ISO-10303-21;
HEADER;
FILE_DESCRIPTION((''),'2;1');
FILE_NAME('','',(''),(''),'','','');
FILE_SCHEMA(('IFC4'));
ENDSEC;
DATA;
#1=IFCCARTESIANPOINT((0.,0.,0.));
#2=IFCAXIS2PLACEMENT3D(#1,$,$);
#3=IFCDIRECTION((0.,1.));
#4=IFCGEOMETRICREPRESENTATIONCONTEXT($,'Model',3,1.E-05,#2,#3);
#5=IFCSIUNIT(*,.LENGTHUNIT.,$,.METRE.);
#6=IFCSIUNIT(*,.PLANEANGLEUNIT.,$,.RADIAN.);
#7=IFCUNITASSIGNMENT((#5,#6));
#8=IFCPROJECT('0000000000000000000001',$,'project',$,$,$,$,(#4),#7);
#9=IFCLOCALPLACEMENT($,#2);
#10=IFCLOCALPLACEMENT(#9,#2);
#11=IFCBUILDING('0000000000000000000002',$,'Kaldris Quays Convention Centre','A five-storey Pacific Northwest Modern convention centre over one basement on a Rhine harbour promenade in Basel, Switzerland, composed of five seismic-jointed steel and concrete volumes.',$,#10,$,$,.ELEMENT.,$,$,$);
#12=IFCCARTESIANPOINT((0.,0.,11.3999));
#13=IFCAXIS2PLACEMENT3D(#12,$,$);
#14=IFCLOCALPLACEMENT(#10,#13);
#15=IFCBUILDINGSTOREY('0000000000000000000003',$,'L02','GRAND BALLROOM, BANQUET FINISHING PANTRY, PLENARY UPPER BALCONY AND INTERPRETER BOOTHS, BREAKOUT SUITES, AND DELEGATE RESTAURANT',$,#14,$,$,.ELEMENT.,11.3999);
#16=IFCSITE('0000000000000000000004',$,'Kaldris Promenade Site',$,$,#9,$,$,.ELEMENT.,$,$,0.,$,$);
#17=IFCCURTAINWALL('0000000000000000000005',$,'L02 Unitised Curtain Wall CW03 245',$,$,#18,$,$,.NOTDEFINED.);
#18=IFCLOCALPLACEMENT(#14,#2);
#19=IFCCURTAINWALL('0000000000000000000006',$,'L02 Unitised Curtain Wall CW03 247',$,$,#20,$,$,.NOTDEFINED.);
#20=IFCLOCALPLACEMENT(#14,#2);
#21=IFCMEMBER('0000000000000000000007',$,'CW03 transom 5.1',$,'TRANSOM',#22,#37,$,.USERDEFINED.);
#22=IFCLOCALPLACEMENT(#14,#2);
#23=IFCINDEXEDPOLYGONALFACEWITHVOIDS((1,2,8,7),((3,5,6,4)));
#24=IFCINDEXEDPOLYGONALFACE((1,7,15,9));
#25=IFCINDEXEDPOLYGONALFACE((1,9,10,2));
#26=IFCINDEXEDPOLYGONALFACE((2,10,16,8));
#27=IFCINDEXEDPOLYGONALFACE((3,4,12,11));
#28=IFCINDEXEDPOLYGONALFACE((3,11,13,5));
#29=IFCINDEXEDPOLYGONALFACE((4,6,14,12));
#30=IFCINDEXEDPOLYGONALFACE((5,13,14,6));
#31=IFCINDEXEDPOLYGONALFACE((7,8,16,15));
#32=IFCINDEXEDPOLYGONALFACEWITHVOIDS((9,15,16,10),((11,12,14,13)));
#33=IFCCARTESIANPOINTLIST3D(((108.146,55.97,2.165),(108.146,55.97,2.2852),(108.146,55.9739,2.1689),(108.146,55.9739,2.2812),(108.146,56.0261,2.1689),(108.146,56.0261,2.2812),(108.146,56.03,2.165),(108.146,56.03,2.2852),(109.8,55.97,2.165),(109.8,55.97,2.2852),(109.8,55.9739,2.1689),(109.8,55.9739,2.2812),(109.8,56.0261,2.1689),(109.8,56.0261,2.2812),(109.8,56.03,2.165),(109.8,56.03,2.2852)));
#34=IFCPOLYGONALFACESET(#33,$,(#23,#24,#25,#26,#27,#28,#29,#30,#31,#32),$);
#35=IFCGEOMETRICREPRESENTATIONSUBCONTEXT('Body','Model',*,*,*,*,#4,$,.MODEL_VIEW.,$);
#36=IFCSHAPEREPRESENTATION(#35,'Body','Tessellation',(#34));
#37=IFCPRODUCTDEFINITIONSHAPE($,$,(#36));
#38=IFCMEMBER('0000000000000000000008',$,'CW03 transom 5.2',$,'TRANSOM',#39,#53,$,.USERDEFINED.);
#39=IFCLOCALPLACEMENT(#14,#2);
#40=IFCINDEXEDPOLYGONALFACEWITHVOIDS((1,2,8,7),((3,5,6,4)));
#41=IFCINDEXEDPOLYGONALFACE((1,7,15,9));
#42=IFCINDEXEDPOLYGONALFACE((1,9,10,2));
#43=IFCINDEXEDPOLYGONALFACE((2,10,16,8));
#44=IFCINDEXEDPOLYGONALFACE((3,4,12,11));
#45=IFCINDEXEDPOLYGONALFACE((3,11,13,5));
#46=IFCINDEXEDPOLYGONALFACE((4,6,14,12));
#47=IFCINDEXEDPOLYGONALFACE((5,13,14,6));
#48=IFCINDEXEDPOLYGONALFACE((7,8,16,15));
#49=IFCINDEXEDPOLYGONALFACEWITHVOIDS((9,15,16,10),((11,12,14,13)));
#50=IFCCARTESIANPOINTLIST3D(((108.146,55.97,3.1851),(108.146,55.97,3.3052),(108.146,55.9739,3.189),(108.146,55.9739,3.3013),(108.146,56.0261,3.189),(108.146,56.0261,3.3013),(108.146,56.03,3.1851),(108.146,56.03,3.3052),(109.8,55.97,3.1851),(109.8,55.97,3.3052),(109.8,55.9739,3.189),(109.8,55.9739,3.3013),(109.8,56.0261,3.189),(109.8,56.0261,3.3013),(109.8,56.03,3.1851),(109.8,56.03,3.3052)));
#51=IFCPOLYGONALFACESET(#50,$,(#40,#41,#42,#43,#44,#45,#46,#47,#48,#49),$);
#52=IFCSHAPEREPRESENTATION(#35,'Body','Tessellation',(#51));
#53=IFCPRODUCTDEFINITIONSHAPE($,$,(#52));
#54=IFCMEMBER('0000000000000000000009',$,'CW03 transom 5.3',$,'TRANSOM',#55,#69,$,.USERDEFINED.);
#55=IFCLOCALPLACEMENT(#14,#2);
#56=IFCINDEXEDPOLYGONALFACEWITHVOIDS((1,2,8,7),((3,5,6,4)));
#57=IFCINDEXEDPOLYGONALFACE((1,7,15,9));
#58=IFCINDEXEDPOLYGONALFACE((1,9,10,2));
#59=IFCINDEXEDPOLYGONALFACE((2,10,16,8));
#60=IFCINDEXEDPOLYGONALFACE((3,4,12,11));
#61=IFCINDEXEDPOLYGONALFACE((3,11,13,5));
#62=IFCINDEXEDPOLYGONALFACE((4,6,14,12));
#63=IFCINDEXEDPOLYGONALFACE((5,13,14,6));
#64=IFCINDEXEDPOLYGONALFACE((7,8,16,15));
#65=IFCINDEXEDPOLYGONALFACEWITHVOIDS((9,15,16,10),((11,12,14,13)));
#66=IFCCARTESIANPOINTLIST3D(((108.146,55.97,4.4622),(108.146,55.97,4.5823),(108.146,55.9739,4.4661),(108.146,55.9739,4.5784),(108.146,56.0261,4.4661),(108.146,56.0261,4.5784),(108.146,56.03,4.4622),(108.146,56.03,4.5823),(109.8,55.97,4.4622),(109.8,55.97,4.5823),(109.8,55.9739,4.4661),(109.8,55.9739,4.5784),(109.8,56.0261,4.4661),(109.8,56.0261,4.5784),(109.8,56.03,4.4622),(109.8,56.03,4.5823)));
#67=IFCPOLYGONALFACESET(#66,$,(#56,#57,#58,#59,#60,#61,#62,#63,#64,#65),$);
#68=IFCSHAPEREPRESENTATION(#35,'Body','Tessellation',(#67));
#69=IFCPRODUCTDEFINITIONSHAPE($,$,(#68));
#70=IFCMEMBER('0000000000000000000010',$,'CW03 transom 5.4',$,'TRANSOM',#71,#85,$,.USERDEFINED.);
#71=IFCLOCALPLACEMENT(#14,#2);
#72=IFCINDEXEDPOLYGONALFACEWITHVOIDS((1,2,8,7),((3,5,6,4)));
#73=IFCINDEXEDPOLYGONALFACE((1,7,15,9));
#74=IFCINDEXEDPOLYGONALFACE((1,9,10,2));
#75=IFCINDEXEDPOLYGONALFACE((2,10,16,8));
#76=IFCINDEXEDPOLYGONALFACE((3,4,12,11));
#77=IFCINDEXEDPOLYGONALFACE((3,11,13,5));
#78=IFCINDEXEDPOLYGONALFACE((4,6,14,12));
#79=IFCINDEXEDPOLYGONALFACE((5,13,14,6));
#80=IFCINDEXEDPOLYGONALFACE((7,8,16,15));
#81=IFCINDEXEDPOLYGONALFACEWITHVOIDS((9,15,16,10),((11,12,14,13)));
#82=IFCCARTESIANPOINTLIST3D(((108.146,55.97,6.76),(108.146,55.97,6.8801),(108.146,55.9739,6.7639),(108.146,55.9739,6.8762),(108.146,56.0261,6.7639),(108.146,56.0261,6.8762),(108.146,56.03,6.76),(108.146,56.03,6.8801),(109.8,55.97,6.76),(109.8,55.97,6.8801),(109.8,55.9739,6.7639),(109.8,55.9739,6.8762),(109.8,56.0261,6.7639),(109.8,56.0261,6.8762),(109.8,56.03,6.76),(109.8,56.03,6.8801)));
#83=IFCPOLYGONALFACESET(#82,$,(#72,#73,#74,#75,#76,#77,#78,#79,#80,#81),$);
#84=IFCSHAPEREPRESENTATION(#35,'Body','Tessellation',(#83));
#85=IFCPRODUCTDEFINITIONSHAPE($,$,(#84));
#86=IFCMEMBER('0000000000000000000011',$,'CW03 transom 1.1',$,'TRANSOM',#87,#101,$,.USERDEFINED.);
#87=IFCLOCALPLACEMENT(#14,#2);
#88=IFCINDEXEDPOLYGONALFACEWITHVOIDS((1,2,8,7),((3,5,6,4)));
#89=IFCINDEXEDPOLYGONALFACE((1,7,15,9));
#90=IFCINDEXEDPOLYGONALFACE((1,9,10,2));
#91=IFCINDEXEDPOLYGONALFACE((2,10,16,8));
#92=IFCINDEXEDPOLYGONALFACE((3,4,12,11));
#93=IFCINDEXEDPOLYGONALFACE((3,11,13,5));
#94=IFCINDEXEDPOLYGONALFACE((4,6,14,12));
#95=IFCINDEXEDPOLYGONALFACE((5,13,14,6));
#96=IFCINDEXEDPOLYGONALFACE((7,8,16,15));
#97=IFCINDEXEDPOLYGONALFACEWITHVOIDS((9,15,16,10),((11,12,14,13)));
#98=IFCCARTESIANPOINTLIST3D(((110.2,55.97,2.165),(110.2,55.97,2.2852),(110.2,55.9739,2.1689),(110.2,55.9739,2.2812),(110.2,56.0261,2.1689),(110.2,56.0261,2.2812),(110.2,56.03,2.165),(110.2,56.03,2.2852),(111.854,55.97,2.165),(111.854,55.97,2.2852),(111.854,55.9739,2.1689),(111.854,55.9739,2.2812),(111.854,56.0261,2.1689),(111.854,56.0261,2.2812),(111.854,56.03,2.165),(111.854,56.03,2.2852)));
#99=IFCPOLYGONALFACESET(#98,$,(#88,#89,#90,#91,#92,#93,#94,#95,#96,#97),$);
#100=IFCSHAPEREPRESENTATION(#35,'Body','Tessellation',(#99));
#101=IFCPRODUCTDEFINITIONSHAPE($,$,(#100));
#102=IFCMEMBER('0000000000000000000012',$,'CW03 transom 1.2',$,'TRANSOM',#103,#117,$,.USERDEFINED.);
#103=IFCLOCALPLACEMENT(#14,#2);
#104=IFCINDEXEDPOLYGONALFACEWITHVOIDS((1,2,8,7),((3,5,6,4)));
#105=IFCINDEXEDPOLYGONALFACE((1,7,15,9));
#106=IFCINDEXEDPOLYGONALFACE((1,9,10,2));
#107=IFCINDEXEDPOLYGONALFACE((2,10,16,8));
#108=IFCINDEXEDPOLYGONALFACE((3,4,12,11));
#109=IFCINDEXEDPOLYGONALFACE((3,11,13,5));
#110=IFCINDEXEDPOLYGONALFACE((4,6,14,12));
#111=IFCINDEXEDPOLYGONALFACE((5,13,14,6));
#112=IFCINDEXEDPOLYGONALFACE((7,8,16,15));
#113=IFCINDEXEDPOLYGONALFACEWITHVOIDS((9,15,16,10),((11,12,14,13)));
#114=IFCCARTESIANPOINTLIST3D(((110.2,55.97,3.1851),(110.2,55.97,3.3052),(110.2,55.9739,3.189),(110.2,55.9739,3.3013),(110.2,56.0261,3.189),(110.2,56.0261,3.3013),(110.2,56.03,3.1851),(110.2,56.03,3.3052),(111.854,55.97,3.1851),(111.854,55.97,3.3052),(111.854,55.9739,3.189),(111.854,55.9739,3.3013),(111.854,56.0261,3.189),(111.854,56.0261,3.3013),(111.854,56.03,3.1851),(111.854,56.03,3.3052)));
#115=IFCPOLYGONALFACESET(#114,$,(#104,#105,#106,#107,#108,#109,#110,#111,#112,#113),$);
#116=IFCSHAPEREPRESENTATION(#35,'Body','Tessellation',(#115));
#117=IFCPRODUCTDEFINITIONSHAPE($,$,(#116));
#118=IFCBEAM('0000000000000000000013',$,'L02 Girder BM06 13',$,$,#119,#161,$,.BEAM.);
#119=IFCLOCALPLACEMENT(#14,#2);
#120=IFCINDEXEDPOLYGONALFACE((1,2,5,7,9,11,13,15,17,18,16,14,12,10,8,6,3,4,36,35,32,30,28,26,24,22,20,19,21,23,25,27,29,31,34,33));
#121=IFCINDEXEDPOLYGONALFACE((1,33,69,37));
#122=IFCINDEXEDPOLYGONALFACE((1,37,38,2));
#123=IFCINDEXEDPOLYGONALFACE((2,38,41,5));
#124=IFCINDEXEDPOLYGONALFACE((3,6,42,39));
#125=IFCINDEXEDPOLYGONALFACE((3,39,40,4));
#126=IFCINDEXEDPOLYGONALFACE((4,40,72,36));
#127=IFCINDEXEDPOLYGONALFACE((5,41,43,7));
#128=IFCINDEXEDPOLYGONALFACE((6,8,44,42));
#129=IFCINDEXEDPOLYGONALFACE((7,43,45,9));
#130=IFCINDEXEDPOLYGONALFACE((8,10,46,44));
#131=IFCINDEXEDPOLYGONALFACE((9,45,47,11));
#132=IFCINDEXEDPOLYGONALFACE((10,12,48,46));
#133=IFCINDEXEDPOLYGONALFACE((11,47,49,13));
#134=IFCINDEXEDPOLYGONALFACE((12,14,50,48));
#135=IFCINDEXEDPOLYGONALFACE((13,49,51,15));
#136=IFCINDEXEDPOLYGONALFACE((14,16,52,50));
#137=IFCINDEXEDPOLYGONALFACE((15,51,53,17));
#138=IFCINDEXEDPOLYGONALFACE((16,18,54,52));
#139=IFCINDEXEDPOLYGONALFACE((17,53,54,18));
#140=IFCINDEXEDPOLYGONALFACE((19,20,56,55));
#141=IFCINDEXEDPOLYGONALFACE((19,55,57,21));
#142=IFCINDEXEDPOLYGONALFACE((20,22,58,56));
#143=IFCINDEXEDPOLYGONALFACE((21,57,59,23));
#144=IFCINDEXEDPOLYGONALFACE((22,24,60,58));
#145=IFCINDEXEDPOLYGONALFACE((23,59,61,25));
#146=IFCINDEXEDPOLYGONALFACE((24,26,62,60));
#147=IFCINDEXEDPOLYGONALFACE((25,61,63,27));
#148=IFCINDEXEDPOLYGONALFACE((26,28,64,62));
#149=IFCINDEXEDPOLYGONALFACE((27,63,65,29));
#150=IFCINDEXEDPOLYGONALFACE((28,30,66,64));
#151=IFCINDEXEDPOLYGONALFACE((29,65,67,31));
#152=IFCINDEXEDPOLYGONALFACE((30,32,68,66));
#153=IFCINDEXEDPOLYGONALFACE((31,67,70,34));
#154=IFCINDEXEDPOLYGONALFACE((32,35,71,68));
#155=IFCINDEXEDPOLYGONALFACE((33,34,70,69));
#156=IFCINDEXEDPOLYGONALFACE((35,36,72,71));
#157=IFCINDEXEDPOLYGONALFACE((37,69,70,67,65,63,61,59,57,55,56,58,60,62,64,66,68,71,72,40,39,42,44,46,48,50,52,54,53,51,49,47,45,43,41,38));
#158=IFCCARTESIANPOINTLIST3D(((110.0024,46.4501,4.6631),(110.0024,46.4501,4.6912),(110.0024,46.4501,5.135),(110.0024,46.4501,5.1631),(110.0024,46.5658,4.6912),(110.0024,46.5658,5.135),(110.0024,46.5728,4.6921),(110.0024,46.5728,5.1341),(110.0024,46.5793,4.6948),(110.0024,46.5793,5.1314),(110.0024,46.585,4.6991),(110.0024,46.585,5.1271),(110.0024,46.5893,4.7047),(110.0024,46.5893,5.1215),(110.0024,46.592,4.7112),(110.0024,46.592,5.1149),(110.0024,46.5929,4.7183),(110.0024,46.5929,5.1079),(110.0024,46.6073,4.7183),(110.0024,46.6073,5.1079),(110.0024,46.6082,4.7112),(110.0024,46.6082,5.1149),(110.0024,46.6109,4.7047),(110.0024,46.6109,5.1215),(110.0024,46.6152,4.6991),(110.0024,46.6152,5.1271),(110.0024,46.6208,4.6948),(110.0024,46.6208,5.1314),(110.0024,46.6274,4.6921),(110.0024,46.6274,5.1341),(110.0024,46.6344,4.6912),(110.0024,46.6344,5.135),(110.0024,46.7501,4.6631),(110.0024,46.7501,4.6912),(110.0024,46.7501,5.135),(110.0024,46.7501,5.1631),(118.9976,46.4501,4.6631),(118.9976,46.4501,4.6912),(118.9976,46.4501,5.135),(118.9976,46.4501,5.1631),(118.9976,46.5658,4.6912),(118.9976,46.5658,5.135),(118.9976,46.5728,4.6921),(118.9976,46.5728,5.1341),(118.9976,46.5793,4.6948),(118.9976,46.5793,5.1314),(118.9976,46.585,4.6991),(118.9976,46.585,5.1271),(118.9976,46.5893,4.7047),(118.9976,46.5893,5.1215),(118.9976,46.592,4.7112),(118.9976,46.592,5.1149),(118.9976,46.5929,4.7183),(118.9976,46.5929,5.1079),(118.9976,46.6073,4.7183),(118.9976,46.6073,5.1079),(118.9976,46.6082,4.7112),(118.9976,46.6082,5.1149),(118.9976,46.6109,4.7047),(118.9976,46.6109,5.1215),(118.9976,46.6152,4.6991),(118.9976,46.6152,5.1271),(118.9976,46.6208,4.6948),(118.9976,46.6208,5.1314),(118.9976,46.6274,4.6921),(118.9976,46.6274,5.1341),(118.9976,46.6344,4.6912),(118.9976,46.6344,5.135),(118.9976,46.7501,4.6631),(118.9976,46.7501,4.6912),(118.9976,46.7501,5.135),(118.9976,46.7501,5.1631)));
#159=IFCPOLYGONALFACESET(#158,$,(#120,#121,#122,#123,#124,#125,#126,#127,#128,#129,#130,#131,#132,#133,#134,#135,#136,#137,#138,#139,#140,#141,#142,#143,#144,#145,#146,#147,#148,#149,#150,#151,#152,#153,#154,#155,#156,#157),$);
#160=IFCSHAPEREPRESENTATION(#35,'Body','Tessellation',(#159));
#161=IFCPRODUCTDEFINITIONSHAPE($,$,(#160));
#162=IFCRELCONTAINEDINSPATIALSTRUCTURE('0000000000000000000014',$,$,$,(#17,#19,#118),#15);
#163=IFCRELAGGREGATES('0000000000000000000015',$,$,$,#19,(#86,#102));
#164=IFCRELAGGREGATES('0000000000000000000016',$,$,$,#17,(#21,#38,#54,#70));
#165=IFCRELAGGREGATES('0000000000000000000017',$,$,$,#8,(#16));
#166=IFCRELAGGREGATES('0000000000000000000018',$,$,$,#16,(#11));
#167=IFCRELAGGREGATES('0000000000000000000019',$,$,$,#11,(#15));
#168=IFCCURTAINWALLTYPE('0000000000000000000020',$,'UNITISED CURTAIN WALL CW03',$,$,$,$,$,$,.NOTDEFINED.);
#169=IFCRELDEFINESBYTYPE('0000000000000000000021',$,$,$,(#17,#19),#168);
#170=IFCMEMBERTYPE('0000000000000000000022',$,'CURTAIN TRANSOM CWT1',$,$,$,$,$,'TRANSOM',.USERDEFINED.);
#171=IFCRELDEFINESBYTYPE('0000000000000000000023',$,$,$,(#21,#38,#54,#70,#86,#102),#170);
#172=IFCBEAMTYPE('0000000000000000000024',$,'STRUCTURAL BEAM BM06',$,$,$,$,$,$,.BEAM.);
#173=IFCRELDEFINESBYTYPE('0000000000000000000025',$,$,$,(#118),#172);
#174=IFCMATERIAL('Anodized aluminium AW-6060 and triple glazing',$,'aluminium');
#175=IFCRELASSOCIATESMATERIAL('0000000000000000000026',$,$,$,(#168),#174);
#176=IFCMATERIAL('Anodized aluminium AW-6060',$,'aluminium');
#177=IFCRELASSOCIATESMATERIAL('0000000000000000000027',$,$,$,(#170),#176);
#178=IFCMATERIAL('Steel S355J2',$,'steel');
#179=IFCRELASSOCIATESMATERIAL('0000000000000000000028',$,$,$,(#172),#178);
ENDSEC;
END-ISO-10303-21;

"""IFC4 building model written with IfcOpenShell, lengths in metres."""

from ifc_helpers import new_model, si_unit, direction, frame, origin, origin_2d, place, context, subcontext, project, spatial, hollow_rectangle, i_section, extrude, material, material_profile, profile_set, type_object, element, aggregate, save


model = new_model("IFC4")

# Units and contexts
model_context = context("Model", 3, precision=1e-05, world=origin(), true_north=direction((0.0, 1.0)))
body_context = subcontext(model_context, "Body", "Model", "MODEL_VIEW")
ifc_project = project(units=[si_unit("LENGTHUNIT", "METRE"), si_unit("PLANEANGLEUNIT", "RADIAN")], contexts=[model_context])

# Site, building, storey
site_placement = place(None, origin())
site = spatial("IfcSite", under=ifc_project, at=site_placement, Name="Kaldris Promenade Site", CompositionType="ELEMENT", RefElevation=0.0)
building_placement = place(site_placement, origin())
building = spatial("IfcBuilding", under=site, at=building_placement, Name="Kaldris Quays Convention Centre", Description="A five-storey Pacific Northwest Modern convention centre over one basement on a Rhine harbour promenade in Basel, Switzerland, composed of five seismic-jointed steel and concrete volumes.", CompositionType="ELEMENT")
storey_placement = place(building_placement, frame((0.0, 0.0, 11.3999)))
storey = spatial("IfcBuildingStorey", under=building, at=storey_placement, Name="L02", Description="GRAND BALLROOM, BANQUET FINISHING PANTRY, PLENARY UPPER BALCONY AND INTERPRETER BOOTHS, BREAKOUT SUITES, AND DELEGATE RESTAURANT", CompositionType="ELEMENT", Elevation=11.3999)

# Shared definitions
ifc_material_1 = material(Name="Steel S355J2", Category="steel")

# Curtain wall
ifc_material_2 = material(Name="Anodized aluminium AW-6060 and triple glazing", Category="aluminium")
curtain_wall_type = type_object("IfcCurtainWallType", Name="UNITISED CURTAIN WALL CW03", PredefinedType="NOTDEFINED", material=ifc_material_2)
curtain_wall_1_placement = place(storey_placement, origin())
curtain_wall_1 = element("IfcCurtainWall", 1, at=curtain_wall_1_placement, inside=storey, type_object=curtain_wall_type, Name="L02 Unitised Curtain Wall CW03 245", PredefinedType="NOTDEFINED")
ifc_material_3 = material(Name="Anodized aluminium AW-6060", Category="aluminium")

# Curtain wall
curtain_wall_2_placement = place(storey_placement, origin())
curtain_wall_2 = element("IfcCurtainWall", 2, at=curtain_wall_2_placement, inside=storey, type_object=curtain_wall_type, Name="L02 Unitised Curtain Wall CW03 247", PredefinedType="NOTDEFINED")

# Members
ifc_material_profile_1 = material_profile(ifc_material_3, hollow_rectangle(XDim=0.0601, YDim=0.1201, WallThickness=0.0039, at=origin_2d()), Name="RHS 120x60x4")
ifc_profile_set_1 = profile_set([ifc_material_profile_1], Name="Anodized aluminium AW-6060")
member_type_1 = type_object("IfcMemberType", Name="CURTAIN TRANSOM CWT1", ElementType="TRANSOM", PredefinedType="USERDEFINED", material=ifc_profile_set_1)
member_1_placement = place(storey_placement, frame((108.146, 56.0, 2.2251), z_axis=(1.0, 0.0, 0.0), x_axis=(0.0, 1.0, 0.0)))
member_1 = element("IfcMember", 3, at=member_1_placement, type_object=member_type_1, Name="CW03 transom 5.1", ObjectType="TRANSOM", PredefinedType="USERDEFINED", context=body_context, shape_type="SweptSolid", body=[
    extrude(hollow_rectangle(XDim=0.0601, YDim=0.1201, WallThickness=0.0039, at=origin_2d()), origin(), (0.0, 0.0, 1.0), 1.6541),
])
member_2_placement = place(storey_placement, frame((108.146, 56.0, 3.2451), z_axis=(1.0, 0.0, 0.0), x_axis=(0.0, 1.0, 0.0)))
member_2 = element("IfcMember", 4, at=member_2_placement, type_object=member_type_1, Name="CW03 transom 5.2", ObjectType="TRANSOM", PredefinedType="USERDEFINED", context=body_context, shape_type="SweptSolid", body=[
    extrude(hollow_rectangle(XDim=0.0601, YDim=0.1201, WallThickness=0.0039, at=origin_2d()), origin(), (0.0, 0.0, 1.0), 1.6541),
])
member_3_placement = place(storey_placement, frame((108.146, 56.0, 4.5222), z_axis=(1.0, 0.0, 0.0), x_axis=(0.0, 1.0, 0.0)))
member_3 = element("IfcMember", 5, at=member_3_placement, type_object=member_type_1, Name="CW03 transom 5.3", ObjectType="TRANSOM", PredefinedType="USERDEFINED", context=body_context, shape_type="SweptSolid", body=[
    extrude(hollow_rectangle(XDim=0.0601, YDim=0.1201, WallThickness=0.0039, at=origin_2d()), origin(), (0.0, 0.0, 1.0), 1.6541),
])
member_4_placement = place(storey_placement, frame((108.146, 56.0, 6.8201), z_axis=(1.0, 0.0, 0.0), x_axis=(0.0, 1.0, 0.0)))
member_4 = element("IfcMember", 6, at=member_4_placement, type_object=member_type_1, Name="CW03 transom 5.4", ObjectType="TRANSOM", PredefinedType="USERDEFINED", context=body_context, shape_type="SweptSolid", body=[
    extrude(hollow_rectangle(XDim=0.0601, YDim=0.1201, WallThickness=0.0039, at=origin_2d()), origin(), (0.0, 0.0, 1.0), 1.6541),
])
member_5_placement = place(storey_placement, frame((110.2, 56.0, 2.2251), z_axis=(1.0, 0.0, 0.0), x_axis=(0.0, 1.0, 0.0)))
member_5 = element("IfcMember", 7, at=member_5_placement, type_object=member_type_1, Name="CW03 transom 1.1", ObjectType="TRANSOM", PredefinedType="USERDEFINED", context=body_context, shape_type="SweptSolid", body=[
    extrude(hollow_rectangle(XDim=0.0601, YDim=0.1201, WallThickness=0.0039, at=origin_2d()), origin(), (0.0, 0.0, 1.0), 1.6541),
])
member_6_placement = place(storey_placement, frame((110.2, 56.0, 3.2451), z_axis=(1.0, 0.0, 0.0), x_axis=(0.0, 1.0, 0.0)))
member_6 = element("IfcMember", 8, at=member_6_placement, type_object=member_type_1, Name="CW03 transom 1.2", ObjectType="TRANSOM", PredefinedType="USERDEFINED", context=body_context, shape_type="SweptSolid", body=[
    extrude(hollow_rectangle(XDim=0.0601, YDim=0.1201, WallThickness=0.0039, at=origin_2d()), origin(), (0.0, 0.0, 1.0), 1.6541),
])
aggregate(curtain_wall_2, [member_5, member_6])

# Beam
ifc_material_profile_2 = material_profile(ifc_material_1, i_section(OverallWidth=0.3, OverallDepth=0.5, WebThickness=0.0144, FlangeThickness=0.0281, FilletRadius=0.0271, at=origin_2d()), Name="HEB 500")
ifc_profile_set_2 = profile_set([ifc_material_profile_2], Name="Steel S355J2")
beam_type_1 = type_object("IfcBeamType", Name="STRUCTURAL BEAM BM06", PredefinedType="BEAM", material=ifc_profile_set_2)
for number, where, z_axis, x_axis, name in (
    (9, (110.0024, 46.6001, 4.9131), (1.0, 0.0, 0.0), (0.0, 1.0, 0.0), "L02 Girder BM06 13"),
):
    element("IfcBeam", number, at=place(storey_placement, frame(where, z_axis=z_axis, x_axis=x_axis)), inside=storey, type_object=beam_type_1, Name=name, PredefinedType="BEAM", context=body_context, shape_type="SweptSolid", body=[
        extrude(i_section(OverallWidth=0.3, OverallDepth=0.5, WebThickness=0.0144, FlangeThickness=0.0281, FilletRadius=0.0271, at=origin_2d()), origin(), (0.0, 0.0, 1.0), 8.9951),
    ])

aggregate(curtain_wall_1, [member_1, member_2, member_3, member_4])

save(model, "model.ifc")
